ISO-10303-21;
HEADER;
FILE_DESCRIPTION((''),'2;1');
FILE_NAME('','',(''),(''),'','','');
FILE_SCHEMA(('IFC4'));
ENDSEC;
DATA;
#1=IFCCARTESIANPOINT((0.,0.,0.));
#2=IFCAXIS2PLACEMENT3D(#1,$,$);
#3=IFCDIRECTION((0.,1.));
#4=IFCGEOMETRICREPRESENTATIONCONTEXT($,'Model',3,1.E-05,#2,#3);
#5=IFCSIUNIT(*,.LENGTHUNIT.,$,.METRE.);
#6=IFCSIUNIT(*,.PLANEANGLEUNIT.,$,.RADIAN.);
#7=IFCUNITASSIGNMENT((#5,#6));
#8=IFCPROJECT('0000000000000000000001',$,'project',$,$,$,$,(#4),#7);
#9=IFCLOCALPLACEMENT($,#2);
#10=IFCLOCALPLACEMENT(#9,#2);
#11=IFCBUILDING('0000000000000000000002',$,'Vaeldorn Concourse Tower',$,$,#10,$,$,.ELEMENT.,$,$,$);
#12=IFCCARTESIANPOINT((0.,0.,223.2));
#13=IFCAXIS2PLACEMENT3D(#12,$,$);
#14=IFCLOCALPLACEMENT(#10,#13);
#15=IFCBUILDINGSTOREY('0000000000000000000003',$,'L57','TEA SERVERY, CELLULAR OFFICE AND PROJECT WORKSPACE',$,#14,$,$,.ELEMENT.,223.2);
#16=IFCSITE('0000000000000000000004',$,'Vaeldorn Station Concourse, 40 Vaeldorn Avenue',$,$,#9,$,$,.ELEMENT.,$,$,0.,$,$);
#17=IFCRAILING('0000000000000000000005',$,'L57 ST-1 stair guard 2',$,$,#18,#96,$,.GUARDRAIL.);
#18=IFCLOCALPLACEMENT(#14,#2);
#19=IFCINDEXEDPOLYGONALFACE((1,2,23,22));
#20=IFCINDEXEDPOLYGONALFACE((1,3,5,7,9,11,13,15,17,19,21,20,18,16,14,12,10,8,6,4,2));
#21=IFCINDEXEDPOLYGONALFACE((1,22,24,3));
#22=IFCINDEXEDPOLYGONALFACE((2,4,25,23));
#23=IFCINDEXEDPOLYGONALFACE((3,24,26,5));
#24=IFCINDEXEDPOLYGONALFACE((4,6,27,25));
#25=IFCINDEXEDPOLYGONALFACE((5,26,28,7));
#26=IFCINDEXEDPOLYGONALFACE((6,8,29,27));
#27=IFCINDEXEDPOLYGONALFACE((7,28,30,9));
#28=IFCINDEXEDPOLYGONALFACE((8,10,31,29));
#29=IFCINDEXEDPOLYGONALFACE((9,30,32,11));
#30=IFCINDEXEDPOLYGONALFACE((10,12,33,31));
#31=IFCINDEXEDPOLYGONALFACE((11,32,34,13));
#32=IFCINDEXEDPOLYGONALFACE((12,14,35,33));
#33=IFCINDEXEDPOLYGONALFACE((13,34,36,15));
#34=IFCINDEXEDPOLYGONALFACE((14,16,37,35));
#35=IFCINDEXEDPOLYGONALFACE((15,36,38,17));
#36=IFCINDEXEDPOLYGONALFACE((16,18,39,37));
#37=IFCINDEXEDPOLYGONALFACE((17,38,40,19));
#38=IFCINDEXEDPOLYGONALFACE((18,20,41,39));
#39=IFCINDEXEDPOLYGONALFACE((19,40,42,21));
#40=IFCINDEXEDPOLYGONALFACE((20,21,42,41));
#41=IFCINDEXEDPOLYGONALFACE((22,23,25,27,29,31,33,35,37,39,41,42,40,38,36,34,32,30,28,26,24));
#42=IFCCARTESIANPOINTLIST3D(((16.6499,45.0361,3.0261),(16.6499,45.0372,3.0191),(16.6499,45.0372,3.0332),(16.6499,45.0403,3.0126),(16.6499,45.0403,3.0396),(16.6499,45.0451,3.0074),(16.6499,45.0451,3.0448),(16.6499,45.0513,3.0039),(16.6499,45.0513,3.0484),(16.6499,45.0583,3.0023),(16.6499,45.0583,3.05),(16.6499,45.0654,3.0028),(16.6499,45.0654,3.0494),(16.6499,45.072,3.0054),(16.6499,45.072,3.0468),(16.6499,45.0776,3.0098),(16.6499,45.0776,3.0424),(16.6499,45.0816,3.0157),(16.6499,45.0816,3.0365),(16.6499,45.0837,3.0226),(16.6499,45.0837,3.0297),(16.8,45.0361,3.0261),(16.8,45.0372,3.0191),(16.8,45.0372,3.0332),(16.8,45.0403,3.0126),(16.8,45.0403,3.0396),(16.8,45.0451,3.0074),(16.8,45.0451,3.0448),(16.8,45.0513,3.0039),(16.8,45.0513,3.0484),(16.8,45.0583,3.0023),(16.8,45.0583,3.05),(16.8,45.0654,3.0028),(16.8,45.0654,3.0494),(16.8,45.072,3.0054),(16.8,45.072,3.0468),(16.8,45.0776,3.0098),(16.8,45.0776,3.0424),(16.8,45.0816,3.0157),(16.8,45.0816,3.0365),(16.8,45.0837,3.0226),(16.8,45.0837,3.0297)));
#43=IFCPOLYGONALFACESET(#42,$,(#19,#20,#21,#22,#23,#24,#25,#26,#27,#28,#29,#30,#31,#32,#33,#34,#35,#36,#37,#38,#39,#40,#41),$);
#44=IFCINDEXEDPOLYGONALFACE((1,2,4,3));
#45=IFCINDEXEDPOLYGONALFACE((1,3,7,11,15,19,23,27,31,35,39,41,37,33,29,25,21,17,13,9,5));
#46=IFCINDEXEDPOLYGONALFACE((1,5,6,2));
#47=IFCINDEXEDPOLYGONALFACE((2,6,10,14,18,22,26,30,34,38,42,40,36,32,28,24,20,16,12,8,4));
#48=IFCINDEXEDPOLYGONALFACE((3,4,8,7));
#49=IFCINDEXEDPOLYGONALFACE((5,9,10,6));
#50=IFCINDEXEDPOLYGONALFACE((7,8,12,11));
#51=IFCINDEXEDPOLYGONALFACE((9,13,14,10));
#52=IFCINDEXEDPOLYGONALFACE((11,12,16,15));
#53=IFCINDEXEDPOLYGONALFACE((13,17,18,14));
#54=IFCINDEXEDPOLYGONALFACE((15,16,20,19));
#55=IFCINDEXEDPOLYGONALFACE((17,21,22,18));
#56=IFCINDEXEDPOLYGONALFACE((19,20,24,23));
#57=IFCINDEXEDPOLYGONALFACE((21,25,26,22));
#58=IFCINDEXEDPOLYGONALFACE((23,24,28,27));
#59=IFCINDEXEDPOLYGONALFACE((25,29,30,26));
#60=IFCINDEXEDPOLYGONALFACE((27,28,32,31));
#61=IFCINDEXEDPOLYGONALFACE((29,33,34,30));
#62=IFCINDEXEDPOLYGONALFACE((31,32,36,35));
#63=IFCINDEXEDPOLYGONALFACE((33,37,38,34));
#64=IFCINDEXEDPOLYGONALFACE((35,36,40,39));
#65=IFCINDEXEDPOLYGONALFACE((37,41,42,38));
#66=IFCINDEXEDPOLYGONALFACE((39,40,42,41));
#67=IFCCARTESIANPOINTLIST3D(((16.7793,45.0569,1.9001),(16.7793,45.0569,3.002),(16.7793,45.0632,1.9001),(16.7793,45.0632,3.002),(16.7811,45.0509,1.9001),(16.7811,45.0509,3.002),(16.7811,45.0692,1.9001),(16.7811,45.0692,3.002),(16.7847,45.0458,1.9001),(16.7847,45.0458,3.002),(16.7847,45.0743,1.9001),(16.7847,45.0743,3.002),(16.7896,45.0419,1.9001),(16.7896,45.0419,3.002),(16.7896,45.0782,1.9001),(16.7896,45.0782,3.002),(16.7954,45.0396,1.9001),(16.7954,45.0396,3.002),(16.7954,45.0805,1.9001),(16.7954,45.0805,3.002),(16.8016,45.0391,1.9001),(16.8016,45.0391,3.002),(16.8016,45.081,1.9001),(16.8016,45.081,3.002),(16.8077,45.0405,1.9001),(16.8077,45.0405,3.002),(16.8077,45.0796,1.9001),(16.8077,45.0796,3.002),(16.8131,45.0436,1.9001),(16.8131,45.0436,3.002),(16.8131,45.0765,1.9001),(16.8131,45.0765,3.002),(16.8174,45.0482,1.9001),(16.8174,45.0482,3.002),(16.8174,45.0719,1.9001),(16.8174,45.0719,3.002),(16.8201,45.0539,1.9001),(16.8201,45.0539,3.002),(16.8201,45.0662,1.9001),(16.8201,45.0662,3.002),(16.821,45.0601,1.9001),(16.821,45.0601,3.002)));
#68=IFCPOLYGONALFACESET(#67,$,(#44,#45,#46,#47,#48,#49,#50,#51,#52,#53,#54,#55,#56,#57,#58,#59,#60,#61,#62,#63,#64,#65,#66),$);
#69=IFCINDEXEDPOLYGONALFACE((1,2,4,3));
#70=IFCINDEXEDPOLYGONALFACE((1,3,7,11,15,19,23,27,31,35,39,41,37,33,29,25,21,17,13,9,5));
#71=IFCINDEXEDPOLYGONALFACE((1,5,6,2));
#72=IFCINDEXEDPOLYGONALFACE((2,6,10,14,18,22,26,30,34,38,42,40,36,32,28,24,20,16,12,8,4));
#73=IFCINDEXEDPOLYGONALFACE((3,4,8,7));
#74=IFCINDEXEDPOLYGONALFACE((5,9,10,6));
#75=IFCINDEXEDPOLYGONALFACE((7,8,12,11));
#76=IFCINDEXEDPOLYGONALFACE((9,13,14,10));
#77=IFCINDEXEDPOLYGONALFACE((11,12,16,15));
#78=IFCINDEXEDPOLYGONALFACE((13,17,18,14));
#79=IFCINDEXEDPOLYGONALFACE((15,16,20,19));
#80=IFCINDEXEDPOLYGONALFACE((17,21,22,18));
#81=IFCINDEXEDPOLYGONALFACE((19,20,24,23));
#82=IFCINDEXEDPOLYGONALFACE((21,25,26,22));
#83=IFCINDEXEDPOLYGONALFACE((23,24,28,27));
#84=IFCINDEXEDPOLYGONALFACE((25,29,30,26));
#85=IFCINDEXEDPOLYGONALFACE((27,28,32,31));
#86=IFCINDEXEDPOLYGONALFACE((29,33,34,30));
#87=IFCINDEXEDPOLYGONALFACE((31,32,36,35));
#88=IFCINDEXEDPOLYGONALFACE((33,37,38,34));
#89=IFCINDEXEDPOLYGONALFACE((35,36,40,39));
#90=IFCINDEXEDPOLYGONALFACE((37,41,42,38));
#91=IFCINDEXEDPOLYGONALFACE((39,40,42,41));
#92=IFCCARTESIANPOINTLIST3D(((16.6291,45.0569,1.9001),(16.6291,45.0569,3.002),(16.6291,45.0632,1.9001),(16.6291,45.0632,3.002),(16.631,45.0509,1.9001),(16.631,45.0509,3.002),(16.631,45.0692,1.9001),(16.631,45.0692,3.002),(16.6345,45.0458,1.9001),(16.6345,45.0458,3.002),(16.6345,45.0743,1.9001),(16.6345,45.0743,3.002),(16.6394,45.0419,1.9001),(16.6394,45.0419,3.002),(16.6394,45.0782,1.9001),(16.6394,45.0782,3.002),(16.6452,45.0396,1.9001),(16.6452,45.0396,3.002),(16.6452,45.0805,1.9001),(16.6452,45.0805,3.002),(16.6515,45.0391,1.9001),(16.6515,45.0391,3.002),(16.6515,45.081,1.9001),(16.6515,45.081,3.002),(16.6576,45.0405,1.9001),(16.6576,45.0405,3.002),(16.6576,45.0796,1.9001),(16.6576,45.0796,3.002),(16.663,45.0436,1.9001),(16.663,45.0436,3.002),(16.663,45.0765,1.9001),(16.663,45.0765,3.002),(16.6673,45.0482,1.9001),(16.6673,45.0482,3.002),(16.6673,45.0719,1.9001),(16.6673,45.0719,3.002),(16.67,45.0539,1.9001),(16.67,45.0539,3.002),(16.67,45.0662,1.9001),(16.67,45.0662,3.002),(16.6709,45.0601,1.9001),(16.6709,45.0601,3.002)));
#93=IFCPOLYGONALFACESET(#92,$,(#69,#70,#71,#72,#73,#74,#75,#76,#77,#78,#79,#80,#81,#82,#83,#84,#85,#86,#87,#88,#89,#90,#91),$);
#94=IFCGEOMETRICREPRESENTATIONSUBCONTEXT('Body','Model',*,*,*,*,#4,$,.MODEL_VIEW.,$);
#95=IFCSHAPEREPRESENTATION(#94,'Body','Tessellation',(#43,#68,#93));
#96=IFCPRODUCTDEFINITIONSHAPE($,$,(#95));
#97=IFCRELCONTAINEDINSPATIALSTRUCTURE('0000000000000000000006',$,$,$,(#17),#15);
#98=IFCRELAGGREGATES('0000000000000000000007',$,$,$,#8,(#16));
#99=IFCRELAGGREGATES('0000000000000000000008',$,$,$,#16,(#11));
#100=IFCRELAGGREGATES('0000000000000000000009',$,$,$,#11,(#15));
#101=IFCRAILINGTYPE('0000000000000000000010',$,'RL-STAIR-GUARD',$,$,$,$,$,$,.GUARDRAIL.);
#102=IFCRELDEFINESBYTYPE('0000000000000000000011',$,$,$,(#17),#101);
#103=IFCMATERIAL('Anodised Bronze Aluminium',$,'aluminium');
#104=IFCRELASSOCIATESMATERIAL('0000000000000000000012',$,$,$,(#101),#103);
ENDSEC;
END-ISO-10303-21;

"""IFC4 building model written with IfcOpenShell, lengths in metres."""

from ifc_helpers import new_model, si_unit, direction, frame, origin, origin_2d, place, context, subcontext, project, spatial, circle, extrude, material, type_object, element, save


model = new_model("IFC4")

# Units and contexts
model_context = context("Model", 3, precision=1e-05, world=origin(), true_north=direction((0.0, 1.0)))
body_context = subcontext(model_context, "Body", "Model", "MODEL_VIEW")
ifc_project = project(units=[si_unit("LENGTHUNIT", "METRE"), si_unit("PLANEANGLEUNIT", "RADIAN")], contexts=[model_context])

# Site, building, storey
site_placement = place(None, origin())
site = spatial("IfcSite", under=ifc_project, at=site_placement, Name="Vaeldorn Station Concourse, 40 Vaeldorn Avenue", CompositionType="ELEMENT", RefElevation=0.0)
building_placement = place(site_placement, origin())
building = spatial("IfcBuilding", under=site, at=building_placement, Name="Vaeldorn Concourse Tower", CompositionType="ELEMENT")
storey_placement = place(building_placement, frame((0.0, 0.0, 223.2)))
storey = spatial("IfcBuildingStorey", under=building, at=storey_placement, Name="L57", Description="TEA SERVERY, CELLULAR OFFICE AND PROJECT WORKSPACE", CompositionType="ELEMENT", Elevation=223.2)

# Shared definitions
ifc_material_1 = material(Name="Anodised Bronze Aluminium", Category="aluminium")

# Railing
railing_type_1 = type_object("IfcRailingType", Name="RL-STAIR-GUARD", PredefinedType="GUARDRAIL", material=ifc_material_1)
railing_1_placement = place(storey_placement, frame((16.8, 45.0601, 1.9001)))
element("IfcRailing", 1, at=railing_1_placement, inside=storey, type_object=railing_type_1, Name="L57 ST-1 stair guard 2", PredefinedType="GUARDRAIL", context=body_context, shape_type="SweptSolid", body=[
    extrude(circle(Radius=0.0239, at=origin_2d()), frame((0.0, 0.0, 1.126), z_axis=(-1.0, 0.0, 0.0), x_axis=(0.0, -1.0, 0.0)), (0.0, 0.0, 1.0), 0.1501),
    extrude(circle(Radius=0.021, at=origin_2d()), origin(), (0.0, 0.0, 1.0), 1.1018),
    extrude(circle(Radius=0.021, at=origin_2d()), frame((-0.1501, 0.0, 0.0)), (0.0, 0.0, 1.0), 1.1018),
])

save(model, "model.ifc")
